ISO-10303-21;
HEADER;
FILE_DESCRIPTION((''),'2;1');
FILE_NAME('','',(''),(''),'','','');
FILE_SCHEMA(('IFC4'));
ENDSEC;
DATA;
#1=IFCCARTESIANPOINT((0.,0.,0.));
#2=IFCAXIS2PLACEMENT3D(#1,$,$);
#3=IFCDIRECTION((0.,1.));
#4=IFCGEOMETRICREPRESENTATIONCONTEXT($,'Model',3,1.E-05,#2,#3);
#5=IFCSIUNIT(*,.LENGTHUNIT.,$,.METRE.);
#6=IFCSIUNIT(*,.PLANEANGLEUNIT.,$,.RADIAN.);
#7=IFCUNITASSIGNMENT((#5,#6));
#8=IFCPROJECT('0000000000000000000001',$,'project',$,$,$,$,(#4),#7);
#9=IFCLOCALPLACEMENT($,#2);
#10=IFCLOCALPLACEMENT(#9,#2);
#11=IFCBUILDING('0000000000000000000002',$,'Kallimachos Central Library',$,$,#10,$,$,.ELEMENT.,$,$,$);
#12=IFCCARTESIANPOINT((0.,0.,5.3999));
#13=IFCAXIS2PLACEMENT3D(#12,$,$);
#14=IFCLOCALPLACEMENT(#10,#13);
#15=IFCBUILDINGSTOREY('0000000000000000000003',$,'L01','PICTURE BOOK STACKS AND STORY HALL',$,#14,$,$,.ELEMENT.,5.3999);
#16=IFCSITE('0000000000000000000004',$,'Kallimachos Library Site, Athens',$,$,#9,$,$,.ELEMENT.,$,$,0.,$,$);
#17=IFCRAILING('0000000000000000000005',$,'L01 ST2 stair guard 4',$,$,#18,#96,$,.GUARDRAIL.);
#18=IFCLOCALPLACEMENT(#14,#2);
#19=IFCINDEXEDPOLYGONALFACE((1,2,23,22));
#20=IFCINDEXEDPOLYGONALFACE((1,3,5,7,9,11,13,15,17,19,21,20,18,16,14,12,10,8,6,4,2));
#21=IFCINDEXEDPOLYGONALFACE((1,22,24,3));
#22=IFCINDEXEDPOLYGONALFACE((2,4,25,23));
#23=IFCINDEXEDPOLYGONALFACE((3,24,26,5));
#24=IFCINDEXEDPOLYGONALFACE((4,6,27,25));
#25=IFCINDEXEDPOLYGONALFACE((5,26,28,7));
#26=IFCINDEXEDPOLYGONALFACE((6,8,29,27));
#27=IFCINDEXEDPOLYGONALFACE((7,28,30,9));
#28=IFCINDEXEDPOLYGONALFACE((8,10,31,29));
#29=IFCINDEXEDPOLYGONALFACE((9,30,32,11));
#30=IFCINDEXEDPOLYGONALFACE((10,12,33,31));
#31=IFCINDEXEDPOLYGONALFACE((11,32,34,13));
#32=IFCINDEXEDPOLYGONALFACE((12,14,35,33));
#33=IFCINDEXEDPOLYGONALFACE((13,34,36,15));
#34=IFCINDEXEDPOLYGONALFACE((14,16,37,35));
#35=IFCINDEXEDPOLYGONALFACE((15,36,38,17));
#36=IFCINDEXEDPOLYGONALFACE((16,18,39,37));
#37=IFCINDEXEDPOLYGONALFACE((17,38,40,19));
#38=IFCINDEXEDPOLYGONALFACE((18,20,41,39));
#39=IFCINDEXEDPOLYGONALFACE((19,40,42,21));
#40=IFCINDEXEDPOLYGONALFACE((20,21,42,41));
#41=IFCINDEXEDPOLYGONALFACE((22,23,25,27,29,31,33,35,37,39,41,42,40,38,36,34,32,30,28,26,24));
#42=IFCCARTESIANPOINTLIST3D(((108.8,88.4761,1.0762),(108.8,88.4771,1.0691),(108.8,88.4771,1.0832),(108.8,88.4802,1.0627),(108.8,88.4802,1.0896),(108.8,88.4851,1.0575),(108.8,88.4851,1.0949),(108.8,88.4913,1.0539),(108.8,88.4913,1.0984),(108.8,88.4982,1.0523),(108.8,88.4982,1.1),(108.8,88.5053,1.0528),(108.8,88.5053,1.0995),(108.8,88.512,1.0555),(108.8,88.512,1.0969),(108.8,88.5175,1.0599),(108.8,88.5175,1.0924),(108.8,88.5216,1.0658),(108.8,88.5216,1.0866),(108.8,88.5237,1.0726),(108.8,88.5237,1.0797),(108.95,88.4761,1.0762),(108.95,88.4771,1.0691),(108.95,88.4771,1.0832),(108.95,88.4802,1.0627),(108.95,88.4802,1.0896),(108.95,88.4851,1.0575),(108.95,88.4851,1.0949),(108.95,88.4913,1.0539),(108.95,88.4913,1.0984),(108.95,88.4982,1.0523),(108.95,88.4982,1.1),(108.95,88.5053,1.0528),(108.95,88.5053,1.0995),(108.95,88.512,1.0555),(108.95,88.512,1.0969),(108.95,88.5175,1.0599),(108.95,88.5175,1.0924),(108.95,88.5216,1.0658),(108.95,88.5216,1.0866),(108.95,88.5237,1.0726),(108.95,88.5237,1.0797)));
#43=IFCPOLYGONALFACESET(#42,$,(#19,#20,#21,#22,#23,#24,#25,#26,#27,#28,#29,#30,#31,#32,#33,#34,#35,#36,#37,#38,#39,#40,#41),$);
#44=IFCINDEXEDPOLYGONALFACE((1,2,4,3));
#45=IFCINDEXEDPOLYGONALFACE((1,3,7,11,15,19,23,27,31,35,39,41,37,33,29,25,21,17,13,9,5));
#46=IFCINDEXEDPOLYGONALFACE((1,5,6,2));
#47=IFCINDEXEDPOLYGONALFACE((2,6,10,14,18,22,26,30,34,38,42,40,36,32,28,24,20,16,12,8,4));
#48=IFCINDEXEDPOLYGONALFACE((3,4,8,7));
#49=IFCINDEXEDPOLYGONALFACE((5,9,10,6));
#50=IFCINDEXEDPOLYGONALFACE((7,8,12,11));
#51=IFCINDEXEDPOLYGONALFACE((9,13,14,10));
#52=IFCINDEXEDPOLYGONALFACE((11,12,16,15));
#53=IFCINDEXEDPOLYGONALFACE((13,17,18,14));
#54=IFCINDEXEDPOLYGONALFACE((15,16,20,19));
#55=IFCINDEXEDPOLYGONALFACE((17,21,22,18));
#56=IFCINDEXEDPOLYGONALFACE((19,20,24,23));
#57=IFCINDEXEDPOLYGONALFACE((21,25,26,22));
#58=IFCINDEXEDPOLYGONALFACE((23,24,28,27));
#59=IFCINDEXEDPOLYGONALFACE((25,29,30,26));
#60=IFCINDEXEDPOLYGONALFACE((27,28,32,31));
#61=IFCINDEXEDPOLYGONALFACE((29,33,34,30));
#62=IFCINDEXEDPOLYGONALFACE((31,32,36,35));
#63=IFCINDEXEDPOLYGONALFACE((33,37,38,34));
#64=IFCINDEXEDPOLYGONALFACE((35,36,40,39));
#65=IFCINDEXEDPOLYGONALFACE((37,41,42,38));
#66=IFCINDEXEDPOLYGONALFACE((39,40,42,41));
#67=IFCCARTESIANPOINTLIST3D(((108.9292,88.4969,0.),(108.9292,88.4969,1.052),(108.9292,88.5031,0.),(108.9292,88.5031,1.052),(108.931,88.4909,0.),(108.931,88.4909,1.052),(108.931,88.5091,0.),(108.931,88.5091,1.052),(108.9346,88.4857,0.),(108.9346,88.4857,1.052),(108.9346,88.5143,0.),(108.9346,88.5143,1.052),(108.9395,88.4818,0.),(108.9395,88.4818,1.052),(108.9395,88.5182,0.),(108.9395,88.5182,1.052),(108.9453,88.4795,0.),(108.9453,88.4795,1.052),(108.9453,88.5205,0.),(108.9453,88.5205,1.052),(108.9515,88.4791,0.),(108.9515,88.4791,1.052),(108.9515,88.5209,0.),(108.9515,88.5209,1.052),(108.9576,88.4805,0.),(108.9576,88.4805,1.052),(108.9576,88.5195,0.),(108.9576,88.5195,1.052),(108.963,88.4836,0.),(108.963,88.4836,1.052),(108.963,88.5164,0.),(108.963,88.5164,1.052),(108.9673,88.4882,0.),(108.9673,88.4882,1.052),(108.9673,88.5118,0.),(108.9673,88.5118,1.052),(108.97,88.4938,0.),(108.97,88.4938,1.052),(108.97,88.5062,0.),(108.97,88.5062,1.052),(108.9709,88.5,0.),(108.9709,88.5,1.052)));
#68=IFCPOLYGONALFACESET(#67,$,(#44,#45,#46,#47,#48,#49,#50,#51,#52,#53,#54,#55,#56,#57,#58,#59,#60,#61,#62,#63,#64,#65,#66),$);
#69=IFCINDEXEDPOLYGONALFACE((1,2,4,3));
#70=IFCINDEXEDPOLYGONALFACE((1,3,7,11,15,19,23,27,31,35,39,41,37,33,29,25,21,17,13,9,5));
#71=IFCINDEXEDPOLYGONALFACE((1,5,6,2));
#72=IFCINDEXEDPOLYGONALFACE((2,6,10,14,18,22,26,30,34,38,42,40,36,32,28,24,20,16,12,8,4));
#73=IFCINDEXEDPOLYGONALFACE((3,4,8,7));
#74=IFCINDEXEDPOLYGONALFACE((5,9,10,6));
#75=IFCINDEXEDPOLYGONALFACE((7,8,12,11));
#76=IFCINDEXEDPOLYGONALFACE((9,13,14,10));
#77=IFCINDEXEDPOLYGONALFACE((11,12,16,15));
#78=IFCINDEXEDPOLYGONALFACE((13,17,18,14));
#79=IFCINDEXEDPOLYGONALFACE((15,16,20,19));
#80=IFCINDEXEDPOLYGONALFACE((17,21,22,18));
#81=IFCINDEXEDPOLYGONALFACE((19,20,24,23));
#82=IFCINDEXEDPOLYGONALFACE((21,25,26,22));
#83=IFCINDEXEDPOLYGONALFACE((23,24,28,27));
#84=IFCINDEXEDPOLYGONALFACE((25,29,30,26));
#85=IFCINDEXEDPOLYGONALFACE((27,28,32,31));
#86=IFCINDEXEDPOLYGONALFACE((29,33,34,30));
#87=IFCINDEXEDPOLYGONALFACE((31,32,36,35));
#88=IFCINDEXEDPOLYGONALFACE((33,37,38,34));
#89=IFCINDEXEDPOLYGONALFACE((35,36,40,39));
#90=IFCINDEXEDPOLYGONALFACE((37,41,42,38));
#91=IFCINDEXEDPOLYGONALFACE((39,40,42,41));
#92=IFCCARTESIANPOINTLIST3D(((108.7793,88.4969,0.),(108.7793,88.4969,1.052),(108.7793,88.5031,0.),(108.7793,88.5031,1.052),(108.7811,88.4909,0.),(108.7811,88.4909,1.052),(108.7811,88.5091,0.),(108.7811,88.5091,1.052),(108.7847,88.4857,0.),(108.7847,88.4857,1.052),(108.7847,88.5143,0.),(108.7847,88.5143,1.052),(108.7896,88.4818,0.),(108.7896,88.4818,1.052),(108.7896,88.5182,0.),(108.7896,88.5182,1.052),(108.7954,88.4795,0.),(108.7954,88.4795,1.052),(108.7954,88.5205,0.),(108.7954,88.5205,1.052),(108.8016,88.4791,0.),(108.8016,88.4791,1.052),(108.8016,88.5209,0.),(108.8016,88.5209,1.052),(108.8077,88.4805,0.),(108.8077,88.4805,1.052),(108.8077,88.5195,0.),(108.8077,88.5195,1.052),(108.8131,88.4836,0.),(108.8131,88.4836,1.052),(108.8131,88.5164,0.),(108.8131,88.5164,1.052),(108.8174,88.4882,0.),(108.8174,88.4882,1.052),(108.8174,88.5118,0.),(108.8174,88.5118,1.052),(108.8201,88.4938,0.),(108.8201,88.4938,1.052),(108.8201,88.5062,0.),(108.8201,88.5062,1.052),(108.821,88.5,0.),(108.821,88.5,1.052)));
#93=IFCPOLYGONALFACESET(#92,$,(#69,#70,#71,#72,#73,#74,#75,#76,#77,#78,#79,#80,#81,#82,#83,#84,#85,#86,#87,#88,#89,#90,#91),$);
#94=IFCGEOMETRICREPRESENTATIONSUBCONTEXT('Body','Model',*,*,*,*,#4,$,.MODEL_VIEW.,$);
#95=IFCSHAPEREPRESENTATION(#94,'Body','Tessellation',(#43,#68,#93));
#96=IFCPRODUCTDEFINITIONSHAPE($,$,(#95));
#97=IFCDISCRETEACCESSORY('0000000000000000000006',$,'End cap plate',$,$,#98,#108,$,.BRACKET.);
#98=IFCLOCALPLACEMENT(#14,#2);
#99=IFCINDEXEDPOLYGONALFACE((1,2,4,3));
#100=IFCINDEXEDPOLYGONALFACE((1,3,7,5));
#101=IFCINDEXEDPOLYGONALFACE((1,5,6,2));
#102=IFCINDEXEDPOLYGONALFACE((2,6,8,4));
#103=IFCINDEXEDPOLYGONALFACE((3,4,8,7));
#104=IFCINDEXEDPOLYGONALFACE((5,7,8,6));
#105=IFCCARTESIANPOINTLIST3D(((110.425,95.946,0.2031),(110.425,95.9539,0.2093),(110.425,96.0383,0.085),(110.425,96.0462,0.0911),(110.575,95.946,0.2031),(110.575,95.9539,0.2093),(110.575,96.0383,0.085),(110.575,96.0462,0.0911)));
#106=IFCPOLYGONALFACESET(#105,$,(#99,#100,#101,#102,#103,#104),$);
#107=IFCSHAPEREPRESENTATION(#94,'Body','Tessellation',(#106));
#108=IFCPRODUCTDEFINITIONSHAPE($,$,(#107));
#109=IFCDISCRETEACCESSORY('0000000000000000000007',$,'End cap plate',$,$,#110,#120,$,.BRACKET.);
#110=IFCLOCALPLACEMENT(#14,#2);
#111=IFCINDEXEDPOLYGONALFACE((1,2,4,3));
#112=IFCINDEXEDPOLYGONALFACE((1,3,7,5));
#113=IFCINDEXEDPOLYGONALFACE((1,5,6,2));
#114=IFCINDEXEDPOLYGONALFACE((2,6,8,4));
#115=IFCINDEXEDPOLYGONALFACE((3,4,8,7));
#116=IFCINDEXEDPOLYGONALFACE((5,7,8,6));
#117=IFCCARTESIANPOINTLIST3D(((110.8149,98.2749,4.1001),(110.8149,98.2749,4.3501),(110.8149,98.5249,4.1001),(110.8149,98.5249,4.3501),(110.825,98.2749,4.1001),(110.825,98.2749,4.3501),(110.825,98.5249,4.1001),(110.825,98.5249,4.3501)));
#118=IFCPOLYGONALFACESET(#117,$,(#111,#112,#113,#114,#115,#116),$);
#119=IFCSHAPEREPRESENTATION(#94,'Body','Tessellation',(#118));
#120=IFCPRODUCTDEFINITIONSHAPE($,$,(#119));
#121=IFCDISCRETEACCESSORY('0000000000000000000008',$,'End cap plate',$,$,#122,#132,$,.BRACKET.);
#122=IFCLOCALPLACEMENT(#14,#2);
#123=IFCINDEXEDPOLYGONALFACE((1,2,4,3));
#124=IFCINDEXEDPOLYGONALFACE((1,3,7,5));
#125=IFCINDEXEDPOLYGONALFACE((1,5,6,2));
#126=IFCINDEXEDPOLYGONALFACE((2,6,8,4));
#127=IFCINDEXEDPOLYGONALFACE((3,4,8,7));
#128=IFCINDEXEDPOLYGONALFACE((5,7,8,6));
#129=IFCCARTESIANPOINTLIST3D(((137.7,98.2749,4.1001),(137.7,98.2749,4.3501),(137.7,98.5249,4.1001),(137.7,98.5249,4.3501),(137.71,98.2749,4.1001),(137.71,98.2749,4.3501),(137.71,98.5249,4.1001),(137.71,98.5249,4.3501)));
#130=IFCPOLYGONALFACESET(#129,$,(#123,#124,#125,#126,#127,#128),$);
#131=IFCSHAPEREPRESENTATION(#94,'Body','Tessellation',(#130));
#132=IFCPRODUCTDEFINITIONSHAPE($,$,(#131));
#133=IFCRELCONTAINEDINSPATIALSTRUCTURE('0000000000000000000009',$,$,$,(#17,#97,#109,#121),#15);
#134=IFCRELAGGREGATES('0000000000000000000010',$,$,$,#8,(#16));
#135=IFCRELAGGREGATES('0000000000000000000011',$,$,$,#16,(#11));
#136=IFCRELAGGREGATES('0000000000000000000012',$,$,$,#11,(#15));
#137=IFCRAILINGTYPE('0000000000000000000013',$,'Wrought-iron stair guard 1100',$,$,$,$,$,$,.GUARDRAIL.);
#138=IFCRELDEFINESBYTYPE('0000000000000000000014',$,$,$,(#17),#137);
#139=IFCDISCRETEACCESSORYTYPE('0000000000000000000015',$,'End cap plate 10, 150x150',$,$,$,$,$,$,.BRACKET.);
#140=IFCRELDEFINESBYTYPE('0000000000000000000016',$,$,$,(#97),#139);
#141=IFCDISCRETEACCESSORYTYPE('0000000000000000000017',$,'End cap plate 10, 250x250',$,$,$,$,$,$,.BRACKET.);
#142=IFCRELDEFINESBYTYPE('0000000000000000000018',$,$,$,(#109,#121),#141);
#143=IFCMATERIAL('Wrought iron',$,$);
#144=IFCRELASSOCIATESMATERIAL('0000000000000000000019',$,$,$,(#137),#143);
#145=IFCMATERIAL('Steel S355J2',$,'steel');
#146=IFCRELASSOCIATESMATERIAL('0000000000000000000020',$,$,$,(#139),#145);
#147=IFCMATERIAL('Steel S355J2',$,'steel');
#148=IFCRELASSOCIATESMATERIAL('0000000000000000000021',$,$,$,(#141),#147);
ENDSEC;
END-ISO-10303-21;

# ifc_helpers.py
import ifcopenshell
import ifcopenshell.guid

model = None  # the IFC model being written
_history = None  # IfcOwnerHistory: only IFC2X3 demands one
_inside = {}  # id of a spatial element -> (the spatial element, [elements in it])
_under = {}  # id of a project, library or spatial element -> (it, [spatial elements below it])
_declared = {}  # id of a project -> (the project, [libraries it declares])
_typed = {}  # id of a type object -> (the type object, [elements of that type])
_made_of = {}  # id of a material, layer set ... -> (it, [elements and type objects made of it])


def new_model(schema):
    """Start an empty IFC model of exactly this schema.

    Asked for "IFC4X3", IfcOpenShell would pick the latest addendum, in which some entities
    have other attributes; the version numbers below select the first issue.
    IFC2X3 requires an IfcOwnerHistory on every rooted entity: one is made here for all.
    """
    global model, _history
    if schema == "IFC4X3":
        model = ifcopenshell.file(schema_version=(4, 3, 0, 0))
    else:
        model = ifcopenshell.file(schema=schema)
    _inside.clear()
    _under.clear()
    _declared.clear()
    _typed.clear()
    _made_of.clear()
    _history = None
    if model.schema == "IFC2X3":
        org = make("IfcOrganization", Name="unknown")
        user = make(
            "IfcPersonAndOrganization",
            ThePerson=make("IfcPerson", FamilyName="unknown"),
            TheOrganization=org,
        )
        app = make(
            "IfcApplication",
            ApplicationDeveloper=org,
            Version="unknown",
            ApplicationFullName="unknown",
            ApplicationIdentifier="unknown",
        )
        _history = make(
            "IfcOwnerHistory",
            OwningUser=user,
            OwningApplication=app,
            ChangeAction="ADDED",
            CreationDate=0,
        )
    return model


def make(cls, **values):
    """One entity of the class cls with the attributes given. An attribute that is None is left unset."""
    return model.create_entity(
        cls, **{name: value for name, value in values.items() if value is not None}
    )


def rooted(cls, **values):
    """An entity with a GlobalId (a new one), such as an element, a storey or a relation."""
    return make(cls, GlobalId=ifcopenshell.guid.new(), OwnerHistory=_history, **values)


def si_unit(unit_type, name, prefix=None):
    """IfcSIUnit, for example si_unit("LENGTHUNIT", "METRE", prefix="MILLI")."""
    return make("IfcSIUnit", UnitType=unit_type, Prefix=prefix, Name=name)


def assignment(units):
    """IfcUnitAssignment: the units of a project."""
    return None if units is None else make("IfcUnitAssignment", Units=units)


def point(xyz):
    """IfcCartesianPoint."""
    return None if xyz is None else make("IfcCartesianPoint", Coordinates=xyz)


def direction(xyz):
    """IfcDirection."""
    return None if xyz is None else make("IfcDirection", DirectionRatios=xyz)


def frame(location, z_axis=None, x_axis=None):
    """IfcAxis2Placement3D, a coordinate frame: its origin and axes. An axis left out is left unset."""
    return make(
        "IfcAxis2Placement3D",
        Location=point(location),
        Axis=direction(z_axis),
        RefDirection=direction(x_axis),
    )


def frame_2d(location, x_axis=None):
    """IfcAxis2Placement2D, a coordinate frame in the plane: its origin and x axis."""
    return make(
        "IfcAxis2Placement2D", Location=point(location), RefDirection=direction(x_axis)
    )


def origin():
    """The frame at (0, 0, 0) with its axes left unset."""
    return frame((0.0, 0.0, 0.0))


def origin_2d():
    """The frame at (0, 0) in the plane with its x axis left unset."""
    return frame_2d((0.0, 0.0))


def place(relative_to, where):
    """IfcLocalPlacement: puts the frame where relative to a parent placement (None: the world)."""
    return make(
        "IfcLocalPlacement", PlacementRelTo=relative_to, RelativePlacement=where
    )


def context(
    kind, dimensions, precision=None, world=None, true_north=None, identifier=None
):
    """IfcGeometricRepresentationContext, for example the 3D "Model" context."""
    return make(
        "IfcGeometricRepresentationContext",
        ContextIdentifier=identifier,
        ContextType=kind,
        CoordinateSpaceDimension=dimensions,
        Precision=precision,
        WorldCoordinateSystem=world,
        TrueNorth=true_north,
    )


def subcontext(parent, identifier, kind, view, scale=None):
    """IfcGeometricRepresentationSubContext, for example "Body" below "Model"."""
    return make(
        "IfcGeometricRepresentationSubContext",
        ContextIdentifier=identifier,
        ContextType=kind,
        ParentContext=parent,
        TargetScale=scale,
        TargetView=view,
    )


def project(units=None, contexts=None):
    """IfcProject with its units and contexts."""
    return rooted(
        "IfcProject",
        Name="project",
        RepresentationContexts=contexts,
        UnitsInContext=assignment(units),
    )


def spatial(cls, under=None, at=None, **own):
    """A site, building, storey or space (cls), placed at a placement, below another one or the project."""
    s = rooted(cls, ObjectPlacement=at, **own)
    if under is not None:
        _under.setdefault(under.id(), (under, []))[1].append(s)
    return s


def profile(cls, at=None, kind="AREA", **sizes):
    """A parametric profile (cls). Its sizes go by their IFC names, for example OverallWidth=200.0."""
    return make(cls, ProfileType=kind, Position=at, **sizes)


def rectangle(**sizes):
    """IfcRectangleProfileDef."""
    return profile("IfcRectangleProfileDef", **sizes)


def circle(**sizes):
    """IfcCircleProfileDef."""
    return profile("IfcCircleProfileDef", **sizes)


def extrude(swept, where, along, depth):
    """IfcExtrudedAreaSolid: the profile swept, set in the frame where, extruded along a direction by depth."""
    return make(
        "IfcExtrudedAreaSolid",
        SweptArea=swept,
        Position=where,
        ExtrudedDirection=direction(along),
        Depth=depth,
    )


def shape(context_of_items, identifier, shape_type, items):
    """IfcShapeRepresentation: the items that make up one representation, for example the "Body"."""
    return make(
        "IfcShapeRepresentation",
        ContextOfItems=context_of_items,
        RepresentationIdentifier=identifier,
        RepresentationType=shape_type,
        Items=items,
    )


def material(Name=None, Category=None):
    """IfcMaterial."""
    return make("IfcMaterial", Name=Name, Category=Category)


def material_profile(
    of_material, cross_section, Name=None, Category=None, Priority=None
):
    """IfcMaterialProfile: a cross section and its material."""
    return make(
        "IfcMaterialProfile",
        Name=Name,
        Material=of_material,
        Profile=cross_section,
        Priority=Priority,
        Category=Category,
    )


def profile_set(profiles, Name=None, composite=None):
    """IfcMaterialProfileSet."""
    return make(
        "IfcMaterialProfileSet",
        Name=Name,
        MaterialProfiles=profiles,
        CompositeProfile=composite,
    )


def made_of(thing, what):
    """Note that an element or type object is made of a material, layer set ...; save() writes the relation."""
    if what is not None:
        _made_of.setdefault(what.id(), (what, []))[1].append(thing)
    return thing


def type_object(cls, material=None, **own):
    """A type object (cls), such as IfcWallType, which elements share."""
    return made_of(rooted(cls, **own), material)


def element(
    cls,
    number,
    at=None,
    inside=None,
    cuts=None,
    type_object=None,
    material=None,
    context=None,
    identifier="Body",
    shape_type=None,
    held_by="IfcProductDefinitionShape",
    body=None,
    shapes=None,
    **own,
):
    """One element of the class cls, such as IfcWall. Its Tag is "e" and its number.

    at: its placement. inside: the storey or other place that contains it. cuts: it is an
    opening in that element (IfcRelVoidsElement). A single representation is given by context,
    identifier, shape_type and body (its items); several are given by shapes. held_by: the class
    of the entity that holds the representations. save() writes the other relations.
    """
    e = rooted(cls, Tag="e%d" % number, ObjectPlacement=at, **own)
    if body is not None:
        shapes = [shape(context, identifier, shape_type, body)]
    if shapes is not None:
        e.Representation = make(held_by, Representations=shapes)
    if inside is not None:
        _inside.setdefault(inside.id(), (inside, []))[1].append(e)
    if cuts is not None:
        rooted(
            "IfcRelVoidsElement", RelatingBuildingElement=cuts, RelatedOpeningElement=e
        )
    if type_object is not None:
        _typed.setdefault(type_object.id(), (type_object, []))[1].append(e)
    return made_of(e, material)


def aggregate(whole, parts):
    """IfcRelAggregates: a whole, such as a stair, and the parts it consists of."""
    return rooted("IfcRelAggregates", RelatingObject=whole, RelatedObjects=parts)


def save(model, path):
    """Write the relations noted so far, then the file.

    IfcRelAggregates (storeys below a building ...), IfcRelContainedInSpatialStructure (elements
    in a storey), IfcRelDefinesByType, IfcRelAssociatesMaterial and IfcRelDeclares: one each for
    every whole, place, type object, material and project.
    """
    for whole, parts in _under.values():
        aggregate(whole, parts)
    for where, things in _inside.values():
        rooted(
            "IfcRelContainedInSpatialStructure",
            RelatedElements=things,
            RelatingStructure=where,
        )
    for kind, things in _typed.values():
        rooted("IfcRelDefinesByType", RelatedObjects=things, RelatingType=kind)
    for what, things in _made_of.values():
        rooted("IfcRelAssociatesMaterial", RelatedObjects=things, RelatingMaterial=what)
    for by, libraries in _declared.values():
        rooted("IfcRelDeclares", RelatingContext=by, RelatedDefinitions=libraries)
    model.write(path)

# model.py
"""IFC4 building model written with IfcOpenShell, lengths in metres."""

from ifc_helpers import new_model, si_unit, direction, frame, origin, origin_2d, place, context, subcontext, project, spatial, rectangle, circle, extrude, material, material_profile, profile_set, type_object, element, save


model = new_model("IFC4")

# Units and contexts
model_context = context("Model", 3, precision=1e-05, world=origin(), true_north=direction((0.0, 1.0)))
body_context = subcontext(model_context, "Body", "Model", "MODEL_VIEW")
ifc_project = project(units=[si_unit("LENGTHUNIT", "METRE"), si_unit("PLANEANGLEUNIT", "RADIAN")], contexts=[model_context])

# Site, building, storey
site_placement = place(None, origin())
site = spatial("IfcSite", under=ifc_project, at=site_placement, Name="Kallimachos Library Site, Athens", CompositionType="ELEMENT", RefElevation=0.0)
building_placement = place(site_placement, origin())
building = spatial("IfcBuilding", under=site, at=building_placement, Name="Kallimachos Central Library", CompositionType="ELEMENT")
storey_placement = place(building_placement, frame((0.0, 0.0, 5.3999)))
storey = spatial("IfcBuildingStorey", under=building, at=storey_placement, Name="L01", Description="PICTURE BOOK STACKS AND STORY HALL", CompositionType="ELEMENT", Elevation=5.3999)

# Railing
ifc_material_1 = material(Name="Wrought iron")
railing_type_1 = type_object("IfcRailingType", Name="Wrought-iron stair guard 1100", PredefinedType="GUARDRAIL", material=ifc_material_1)
railing_1_placement = place(storey_placement, frame((108.95, 88.5, 0.0)))
element("IfcRailing", 1, at=railing_1_placement, inside=storey, type_object=railing_type_1, Name="L01 ST2 stair guard 4", PredefinedType="GUARDRAIL", context=body_context, shape_type="SweptSolid", body=[
    extrude(circle(Radius=0.0239, at=origin_2d()), frame((0.0, 0.0, 1.0762), z_axis=(-1.0, 0.0, 0.0), x_axis=(0.0, -1.0, 0.0)), (0.0, 0.0, 1.0), 0.1499),
    extrude(circle(Radius=0.021, at=origin_2d()), origin(), (0.0, 0.0, 1.0), 1.052),
    extrude(circle(Radius=0.021, at=origin_2d()), frame((-0.1499, 0.0, 0.0)), (0.0, 0.0, 1.0), 1.052),
])

# Discrete accessories
ifc_material_2 = material(Name="Steel S355J2", Category="steel")
ifc_material_profile_1 = material_profile(ifc_material_2, rectangle(XDim=0.1499, YDim=0.1499, at=origin_2d()), Name="End cap plate 10, 150x150")
ifc_profile_set_1 = profile_set([ifc_material_profile_1], Name="Steel S355J2")
discrete_accessory_type_1 = type_object("IfcDiscreteAccessoryType", Name="End cap plate 10, 150x150", PredefinedType="BRACKET", material=ifc_profile_set_1)
discrete_accessory_placement = place(storey_placement, frame((110.5, 95.9922, 0.144), z_axis=(0.0, 0.788024, 0.615644), x_axis=(-1.0, 0.0, 0.0)))
element("IfcDiscreteAccessory", 2, at=discrete_accessory_placement, inside=storey, type_object=discrete_accessory_type_1, Name="End cap plate", PredefinedType="BRACKET", context=body_context, shape_type="SweptSolid", body=[
    extrude(rectangle(XDim=0.1499, YDim=0.1499, at=origin_2d()), origin(), (0.0, 0.0, 1.0), 0.01),
])
ifc_material_3 = material(Name="Steel S355J2", Category="steel")
ifc_material_profile_2 = material_profile(ifc_material_3, rectangle(XDim=0.25, YDim=0.25, at=origin_2d()), Name="End cap plate 10, 250x250")
ifc_profile_set_2 = profile_set([ifc_material_profile_2], Name="Steel S355J2")
discrete_accessory_type_2 = type_object("IfcDiscreteAccessoryType", Name="End cap plate 10, 250x250", PredefinedType="BRACKET", material=ifc_profile_set_2)
for number, where, z_axis, x_axis, name in (
    (3, (110.8149, 98.3999, 4.2251), (1.0, 0.0, 0.0), (0.0, 1.0, 0.0), "End cap plate"),
    (4, (137.7, 98.3999, 4.2251), (1.0, 0.0, 0.0), (0.0, 1.0, 0.0), "End cap plate"),
):
    element("IfcDiscreteAccessory", number, at=place(storey_placement, frame(where, z_axis=z_axis, x_axis=x_axis)), inside=storey, type_object=discrete_accessory_type_2, Name=name, PredefinedType="BRACKET", context=body_context, shape_type="SweptSolid", body=[
        extrude(rectangle(XDim=0.25, YDim=0.25, at=origin_2d()), origin(), (0.0, 0.0, 1.0), 0.01),
    ])

save(model, "model.ifc")
